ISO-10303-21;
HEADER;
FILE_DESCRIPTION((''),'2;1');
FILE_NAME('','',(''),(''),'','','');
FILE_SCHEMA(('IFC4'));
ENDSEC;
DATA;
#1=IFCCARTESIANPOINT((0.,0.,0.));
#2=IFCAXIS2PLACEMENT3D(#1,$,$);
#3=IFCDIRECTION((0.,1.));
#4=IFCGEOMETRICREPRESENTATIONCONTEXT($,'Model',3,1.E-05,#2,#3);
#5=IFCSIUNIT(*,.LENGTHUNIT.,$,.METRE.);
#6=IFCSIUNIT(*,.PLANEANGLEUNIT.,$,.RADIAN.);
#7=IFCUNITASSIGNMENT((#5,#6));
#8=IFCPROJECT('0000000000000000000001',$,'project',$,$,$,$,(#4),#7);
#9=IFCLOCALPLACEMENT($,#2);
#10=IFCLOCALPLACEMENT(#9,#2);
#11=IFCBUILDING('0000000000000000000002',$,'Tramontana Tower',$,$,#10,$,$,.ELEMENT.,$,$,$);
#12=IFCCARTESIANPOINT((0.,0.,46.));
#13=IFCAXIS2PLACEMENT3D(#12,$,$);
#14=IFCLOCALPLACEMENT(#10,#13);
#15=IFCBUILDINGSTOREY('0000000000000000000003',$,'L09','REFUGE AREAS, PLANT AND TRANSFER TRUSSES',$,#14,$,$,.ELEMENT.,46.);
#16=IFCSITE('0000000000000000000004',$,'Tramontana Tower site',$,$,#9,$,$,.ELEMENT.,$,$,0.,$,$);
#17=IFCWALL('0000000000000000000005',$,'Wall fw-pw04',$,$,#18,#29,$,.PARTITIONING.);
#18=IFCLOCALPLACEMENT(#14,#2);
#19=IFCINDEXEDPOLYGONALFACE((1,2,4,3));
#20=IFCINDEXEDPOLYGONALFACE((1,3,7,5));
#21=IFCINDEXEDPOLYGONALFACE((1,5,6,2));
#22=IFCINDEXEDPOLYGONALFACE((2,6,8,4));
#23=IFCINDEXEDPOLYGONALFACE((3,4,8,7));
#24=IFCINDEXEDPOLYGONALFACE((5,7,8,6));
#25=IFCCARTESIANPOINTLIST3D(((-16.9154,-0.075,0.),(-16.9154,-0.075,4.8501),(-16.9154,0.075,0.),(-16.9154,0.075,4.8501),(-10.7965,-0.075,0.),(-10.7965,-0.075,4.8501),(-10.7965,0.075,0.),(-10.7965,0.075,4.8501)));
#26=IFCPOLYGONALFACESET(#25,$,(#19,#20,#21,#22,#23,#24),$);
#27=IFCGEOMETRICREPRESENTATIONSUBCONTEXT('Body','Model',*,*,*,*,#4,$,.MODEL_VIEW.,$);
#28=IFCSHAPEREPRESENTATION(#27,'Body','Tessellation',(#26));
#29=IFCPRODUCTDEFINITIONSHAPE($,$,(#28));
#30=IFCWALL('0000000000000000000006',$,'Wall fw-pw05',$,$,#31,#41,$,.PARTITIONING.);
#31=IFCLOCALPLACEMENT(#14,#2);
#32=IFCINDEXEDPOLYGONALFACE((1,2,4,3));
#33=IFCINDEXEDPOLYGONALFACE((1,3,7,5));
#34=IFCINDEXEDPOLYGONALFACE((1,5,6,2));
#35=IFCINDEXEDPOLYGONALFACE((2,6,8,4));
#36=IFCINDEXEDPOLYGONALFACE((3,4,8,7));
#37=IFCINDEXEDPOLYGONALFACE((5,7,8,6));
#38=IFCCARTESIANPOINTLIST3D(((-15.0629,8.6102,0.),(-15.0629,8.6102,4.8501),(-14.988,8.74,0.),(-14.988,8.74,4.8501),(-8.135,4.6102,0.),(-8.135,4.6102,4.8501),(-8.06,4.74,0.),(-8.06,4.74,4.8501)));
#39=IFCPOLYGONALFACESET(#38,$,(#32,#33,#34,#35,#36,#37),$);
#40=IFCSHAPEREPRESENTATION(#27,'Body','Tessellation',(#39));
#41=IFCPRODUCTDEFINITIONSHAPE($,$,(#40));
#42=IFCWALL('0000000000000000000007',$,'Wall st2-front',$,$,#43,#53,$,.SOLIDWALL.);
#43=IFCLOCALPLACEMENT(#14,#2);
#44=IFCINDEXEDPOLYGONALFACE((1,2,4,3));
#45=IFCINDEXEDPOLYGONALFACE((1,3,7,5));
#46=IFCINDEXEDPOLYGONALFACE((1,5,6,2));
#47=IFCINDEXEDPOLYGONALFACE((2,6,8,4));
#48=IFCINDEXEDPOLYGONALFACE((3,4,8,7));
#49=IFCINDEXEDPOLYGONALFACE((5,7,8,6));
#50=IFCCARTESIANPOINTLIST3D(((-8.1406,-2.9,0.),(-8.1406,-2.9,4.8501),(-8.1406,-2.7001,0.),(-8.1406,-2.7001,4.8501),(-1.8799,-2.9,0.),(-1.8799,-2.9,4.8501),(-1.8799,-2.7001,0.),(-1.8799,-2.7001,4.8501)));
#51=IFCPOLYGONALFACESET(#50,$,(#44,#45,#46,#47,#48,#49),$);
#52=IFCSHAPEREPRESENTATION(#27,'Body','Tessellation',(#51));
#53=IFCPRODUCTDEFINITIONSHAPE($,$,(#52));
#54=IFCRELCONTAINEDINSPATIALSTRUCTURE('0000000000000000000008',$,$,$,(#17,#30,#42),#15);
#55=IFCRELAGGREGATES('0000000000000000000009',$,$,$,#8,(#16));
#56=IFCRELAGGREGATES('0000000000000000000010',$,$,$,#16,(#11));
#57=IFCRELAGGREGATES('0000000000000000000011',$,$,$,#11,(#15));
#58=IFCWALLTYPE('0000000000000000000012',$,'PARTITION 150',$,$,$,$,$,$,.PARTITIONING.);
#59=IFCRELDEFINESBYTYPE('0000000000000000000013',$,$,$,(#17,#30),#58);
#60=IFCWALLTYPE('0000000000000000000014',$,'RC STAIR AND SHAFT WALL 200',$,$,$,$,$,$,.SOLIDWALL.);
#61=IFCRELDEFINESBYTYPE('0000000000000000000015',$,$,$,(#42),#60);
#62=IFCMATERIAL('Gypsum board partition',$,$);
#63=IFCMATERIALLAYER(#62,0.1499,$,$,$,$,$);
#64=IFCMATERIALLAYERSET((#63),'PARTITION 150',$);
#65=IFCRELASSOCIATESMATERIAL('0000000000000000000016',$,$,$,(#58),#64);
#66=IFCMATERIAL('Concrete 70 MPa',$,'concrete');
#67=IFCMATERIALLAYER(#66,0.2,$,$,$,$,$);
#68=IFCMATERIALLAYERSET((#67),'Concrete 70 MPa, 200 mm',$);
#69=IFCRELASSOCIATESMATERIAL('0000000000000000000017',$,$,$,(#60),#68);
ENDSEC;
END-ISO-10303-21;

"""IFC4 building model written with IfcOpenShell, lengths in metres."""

from ifc_helpers import new_model, si_unit, direction, frame, frame_2d, origin, place, context, subcontext, project, spatial, rectangle, extrude, material, layer, layer_set, type_object, element, save


model = new_model("IFC4")

# Units and contexts
model_context = context("Model", 3, precision=1e-05, world=origin(), true_north=direction((0.0, 1.0)))
body_context = subcontext(model_context, "Body", "Model", "MODEL_VIEW")
ifc_project = project(units=[si_unit("LENGTHUNIT", "METRE"), si_unit("PLANEANGLEUNIT", "RADIAN")], contexts=[model_context])

# Site, building, storey
site_placement = place(None, origin())
site = spatial("IfcSite", under=ifc_project, at=site_placement, Name="Tramontana Tower site", CompositionType="ELEMENT", RefElevation=0.0)
building_placement = place(site_placement, origin())
building = spatial("IfcBuilding", under=site, at=building_placement, Name="Tramontana Tower", CompositionType="ELEMENT")
storey_placement = place(building_placement, frame((0.0, 0.0, 46.0)))
storey = spatial("IfcBuildingStorey", under=building, at=storey_placement, Name="L09", Description="REFUGE AREAS, PLANT AND TRANSFER TRUSSES", CompositionType="ELEMENT", Elevation=46.0)

# Walls
ifc_material_1 = material(Name="Gypsum board partition")
ifc_layer_1 = layer(ifc_material_1, 0.1499)
ifc_layer_set_1 = layer_set([ifc_layer_1], Name="PARTITION 150")
wall_type_1 = type_object("IfcWallType", Name="PARTITION 150", PredefinedType="PARTITIONING", material=ifc_layer_set_1)
wall_1_placement = place(storey_placement, frame((-10.7964, 0.0, 0.0), z_axis=(0.0, 0.0, 1.0), x_axis=(-1.0, 0.0, 0.0)))
element("IfcWall", 1, at=wall_1_placement, inside=storey, type_object=wall_type_1, Name="Wall fw-pw04", PredefinedType="PARTITIONING", context=body_context, shape_type="SweptSolid", body=[
    extrude(rectangle(XDim=6.1189, YDim=0.1499, at=frame_2d((3.0596, 0.0))), origin(), (0.0, 0.0, 1.0), 4.8501),
])
wall_2_placement = place(storey_placement, frame((-8.0974, 4.675, 0.0), z_axis=(0.0, 0.0, 1.0), x_axis=(-0.866018, 0.500012, 0.0)))
element("IfcWall", 2, at=wall_2_placement, inside=storey, type_object=wall_type_1, Name="Wall fw-pw05", PredefinedType="PARTITIONING", context=body_context, shape_type="SweptSolid", body=[
    extrude(rectangle(XDim=7.9998, YDim=0.1499, at=frame_2d((4.0, 0.0))), origin(), (0.0, 0.0, 1.0), 4.8501),
])
ifc_material_2 = material(Name="Concrete 70 MPa", Category="concrete")
ifc_layer_2 = layer(ifc_material_2, 0.2)
ifc_layer_set_2 = layer_set([ifc_layer_2], Name="Concrete 70 MPa, 200 mm")
wall_type_2 = type_object("IfcWallType", Name="RC STAIR AND SHAFT WALL 200", PredefinedType="SOLIDWALL", material=ifc_layer_set_2)
wall_3_placement = place(storey_placement, frame((-8.1406, -2.8, 0.0), z_axis=(0.0, 0.0, 1.0), x_axis=(1.0, 0.0, 0.0)))
element("IfcWall", 3, at=wall_3_placement, inside=storey, type_object=wall_type_2, Name="Wall st2-front", PredefinedType="SOLIDWALL", context=body_context, shape_type="SweptSolid", body=[
    extrude(rectangle(XDim=6.2607, YDim=0.2, at=frame_2d((3.1304, 0.0))), origin(), (0.0, 0.0, 1.0), 4.8501),
])

save(model, "model.ifc")
